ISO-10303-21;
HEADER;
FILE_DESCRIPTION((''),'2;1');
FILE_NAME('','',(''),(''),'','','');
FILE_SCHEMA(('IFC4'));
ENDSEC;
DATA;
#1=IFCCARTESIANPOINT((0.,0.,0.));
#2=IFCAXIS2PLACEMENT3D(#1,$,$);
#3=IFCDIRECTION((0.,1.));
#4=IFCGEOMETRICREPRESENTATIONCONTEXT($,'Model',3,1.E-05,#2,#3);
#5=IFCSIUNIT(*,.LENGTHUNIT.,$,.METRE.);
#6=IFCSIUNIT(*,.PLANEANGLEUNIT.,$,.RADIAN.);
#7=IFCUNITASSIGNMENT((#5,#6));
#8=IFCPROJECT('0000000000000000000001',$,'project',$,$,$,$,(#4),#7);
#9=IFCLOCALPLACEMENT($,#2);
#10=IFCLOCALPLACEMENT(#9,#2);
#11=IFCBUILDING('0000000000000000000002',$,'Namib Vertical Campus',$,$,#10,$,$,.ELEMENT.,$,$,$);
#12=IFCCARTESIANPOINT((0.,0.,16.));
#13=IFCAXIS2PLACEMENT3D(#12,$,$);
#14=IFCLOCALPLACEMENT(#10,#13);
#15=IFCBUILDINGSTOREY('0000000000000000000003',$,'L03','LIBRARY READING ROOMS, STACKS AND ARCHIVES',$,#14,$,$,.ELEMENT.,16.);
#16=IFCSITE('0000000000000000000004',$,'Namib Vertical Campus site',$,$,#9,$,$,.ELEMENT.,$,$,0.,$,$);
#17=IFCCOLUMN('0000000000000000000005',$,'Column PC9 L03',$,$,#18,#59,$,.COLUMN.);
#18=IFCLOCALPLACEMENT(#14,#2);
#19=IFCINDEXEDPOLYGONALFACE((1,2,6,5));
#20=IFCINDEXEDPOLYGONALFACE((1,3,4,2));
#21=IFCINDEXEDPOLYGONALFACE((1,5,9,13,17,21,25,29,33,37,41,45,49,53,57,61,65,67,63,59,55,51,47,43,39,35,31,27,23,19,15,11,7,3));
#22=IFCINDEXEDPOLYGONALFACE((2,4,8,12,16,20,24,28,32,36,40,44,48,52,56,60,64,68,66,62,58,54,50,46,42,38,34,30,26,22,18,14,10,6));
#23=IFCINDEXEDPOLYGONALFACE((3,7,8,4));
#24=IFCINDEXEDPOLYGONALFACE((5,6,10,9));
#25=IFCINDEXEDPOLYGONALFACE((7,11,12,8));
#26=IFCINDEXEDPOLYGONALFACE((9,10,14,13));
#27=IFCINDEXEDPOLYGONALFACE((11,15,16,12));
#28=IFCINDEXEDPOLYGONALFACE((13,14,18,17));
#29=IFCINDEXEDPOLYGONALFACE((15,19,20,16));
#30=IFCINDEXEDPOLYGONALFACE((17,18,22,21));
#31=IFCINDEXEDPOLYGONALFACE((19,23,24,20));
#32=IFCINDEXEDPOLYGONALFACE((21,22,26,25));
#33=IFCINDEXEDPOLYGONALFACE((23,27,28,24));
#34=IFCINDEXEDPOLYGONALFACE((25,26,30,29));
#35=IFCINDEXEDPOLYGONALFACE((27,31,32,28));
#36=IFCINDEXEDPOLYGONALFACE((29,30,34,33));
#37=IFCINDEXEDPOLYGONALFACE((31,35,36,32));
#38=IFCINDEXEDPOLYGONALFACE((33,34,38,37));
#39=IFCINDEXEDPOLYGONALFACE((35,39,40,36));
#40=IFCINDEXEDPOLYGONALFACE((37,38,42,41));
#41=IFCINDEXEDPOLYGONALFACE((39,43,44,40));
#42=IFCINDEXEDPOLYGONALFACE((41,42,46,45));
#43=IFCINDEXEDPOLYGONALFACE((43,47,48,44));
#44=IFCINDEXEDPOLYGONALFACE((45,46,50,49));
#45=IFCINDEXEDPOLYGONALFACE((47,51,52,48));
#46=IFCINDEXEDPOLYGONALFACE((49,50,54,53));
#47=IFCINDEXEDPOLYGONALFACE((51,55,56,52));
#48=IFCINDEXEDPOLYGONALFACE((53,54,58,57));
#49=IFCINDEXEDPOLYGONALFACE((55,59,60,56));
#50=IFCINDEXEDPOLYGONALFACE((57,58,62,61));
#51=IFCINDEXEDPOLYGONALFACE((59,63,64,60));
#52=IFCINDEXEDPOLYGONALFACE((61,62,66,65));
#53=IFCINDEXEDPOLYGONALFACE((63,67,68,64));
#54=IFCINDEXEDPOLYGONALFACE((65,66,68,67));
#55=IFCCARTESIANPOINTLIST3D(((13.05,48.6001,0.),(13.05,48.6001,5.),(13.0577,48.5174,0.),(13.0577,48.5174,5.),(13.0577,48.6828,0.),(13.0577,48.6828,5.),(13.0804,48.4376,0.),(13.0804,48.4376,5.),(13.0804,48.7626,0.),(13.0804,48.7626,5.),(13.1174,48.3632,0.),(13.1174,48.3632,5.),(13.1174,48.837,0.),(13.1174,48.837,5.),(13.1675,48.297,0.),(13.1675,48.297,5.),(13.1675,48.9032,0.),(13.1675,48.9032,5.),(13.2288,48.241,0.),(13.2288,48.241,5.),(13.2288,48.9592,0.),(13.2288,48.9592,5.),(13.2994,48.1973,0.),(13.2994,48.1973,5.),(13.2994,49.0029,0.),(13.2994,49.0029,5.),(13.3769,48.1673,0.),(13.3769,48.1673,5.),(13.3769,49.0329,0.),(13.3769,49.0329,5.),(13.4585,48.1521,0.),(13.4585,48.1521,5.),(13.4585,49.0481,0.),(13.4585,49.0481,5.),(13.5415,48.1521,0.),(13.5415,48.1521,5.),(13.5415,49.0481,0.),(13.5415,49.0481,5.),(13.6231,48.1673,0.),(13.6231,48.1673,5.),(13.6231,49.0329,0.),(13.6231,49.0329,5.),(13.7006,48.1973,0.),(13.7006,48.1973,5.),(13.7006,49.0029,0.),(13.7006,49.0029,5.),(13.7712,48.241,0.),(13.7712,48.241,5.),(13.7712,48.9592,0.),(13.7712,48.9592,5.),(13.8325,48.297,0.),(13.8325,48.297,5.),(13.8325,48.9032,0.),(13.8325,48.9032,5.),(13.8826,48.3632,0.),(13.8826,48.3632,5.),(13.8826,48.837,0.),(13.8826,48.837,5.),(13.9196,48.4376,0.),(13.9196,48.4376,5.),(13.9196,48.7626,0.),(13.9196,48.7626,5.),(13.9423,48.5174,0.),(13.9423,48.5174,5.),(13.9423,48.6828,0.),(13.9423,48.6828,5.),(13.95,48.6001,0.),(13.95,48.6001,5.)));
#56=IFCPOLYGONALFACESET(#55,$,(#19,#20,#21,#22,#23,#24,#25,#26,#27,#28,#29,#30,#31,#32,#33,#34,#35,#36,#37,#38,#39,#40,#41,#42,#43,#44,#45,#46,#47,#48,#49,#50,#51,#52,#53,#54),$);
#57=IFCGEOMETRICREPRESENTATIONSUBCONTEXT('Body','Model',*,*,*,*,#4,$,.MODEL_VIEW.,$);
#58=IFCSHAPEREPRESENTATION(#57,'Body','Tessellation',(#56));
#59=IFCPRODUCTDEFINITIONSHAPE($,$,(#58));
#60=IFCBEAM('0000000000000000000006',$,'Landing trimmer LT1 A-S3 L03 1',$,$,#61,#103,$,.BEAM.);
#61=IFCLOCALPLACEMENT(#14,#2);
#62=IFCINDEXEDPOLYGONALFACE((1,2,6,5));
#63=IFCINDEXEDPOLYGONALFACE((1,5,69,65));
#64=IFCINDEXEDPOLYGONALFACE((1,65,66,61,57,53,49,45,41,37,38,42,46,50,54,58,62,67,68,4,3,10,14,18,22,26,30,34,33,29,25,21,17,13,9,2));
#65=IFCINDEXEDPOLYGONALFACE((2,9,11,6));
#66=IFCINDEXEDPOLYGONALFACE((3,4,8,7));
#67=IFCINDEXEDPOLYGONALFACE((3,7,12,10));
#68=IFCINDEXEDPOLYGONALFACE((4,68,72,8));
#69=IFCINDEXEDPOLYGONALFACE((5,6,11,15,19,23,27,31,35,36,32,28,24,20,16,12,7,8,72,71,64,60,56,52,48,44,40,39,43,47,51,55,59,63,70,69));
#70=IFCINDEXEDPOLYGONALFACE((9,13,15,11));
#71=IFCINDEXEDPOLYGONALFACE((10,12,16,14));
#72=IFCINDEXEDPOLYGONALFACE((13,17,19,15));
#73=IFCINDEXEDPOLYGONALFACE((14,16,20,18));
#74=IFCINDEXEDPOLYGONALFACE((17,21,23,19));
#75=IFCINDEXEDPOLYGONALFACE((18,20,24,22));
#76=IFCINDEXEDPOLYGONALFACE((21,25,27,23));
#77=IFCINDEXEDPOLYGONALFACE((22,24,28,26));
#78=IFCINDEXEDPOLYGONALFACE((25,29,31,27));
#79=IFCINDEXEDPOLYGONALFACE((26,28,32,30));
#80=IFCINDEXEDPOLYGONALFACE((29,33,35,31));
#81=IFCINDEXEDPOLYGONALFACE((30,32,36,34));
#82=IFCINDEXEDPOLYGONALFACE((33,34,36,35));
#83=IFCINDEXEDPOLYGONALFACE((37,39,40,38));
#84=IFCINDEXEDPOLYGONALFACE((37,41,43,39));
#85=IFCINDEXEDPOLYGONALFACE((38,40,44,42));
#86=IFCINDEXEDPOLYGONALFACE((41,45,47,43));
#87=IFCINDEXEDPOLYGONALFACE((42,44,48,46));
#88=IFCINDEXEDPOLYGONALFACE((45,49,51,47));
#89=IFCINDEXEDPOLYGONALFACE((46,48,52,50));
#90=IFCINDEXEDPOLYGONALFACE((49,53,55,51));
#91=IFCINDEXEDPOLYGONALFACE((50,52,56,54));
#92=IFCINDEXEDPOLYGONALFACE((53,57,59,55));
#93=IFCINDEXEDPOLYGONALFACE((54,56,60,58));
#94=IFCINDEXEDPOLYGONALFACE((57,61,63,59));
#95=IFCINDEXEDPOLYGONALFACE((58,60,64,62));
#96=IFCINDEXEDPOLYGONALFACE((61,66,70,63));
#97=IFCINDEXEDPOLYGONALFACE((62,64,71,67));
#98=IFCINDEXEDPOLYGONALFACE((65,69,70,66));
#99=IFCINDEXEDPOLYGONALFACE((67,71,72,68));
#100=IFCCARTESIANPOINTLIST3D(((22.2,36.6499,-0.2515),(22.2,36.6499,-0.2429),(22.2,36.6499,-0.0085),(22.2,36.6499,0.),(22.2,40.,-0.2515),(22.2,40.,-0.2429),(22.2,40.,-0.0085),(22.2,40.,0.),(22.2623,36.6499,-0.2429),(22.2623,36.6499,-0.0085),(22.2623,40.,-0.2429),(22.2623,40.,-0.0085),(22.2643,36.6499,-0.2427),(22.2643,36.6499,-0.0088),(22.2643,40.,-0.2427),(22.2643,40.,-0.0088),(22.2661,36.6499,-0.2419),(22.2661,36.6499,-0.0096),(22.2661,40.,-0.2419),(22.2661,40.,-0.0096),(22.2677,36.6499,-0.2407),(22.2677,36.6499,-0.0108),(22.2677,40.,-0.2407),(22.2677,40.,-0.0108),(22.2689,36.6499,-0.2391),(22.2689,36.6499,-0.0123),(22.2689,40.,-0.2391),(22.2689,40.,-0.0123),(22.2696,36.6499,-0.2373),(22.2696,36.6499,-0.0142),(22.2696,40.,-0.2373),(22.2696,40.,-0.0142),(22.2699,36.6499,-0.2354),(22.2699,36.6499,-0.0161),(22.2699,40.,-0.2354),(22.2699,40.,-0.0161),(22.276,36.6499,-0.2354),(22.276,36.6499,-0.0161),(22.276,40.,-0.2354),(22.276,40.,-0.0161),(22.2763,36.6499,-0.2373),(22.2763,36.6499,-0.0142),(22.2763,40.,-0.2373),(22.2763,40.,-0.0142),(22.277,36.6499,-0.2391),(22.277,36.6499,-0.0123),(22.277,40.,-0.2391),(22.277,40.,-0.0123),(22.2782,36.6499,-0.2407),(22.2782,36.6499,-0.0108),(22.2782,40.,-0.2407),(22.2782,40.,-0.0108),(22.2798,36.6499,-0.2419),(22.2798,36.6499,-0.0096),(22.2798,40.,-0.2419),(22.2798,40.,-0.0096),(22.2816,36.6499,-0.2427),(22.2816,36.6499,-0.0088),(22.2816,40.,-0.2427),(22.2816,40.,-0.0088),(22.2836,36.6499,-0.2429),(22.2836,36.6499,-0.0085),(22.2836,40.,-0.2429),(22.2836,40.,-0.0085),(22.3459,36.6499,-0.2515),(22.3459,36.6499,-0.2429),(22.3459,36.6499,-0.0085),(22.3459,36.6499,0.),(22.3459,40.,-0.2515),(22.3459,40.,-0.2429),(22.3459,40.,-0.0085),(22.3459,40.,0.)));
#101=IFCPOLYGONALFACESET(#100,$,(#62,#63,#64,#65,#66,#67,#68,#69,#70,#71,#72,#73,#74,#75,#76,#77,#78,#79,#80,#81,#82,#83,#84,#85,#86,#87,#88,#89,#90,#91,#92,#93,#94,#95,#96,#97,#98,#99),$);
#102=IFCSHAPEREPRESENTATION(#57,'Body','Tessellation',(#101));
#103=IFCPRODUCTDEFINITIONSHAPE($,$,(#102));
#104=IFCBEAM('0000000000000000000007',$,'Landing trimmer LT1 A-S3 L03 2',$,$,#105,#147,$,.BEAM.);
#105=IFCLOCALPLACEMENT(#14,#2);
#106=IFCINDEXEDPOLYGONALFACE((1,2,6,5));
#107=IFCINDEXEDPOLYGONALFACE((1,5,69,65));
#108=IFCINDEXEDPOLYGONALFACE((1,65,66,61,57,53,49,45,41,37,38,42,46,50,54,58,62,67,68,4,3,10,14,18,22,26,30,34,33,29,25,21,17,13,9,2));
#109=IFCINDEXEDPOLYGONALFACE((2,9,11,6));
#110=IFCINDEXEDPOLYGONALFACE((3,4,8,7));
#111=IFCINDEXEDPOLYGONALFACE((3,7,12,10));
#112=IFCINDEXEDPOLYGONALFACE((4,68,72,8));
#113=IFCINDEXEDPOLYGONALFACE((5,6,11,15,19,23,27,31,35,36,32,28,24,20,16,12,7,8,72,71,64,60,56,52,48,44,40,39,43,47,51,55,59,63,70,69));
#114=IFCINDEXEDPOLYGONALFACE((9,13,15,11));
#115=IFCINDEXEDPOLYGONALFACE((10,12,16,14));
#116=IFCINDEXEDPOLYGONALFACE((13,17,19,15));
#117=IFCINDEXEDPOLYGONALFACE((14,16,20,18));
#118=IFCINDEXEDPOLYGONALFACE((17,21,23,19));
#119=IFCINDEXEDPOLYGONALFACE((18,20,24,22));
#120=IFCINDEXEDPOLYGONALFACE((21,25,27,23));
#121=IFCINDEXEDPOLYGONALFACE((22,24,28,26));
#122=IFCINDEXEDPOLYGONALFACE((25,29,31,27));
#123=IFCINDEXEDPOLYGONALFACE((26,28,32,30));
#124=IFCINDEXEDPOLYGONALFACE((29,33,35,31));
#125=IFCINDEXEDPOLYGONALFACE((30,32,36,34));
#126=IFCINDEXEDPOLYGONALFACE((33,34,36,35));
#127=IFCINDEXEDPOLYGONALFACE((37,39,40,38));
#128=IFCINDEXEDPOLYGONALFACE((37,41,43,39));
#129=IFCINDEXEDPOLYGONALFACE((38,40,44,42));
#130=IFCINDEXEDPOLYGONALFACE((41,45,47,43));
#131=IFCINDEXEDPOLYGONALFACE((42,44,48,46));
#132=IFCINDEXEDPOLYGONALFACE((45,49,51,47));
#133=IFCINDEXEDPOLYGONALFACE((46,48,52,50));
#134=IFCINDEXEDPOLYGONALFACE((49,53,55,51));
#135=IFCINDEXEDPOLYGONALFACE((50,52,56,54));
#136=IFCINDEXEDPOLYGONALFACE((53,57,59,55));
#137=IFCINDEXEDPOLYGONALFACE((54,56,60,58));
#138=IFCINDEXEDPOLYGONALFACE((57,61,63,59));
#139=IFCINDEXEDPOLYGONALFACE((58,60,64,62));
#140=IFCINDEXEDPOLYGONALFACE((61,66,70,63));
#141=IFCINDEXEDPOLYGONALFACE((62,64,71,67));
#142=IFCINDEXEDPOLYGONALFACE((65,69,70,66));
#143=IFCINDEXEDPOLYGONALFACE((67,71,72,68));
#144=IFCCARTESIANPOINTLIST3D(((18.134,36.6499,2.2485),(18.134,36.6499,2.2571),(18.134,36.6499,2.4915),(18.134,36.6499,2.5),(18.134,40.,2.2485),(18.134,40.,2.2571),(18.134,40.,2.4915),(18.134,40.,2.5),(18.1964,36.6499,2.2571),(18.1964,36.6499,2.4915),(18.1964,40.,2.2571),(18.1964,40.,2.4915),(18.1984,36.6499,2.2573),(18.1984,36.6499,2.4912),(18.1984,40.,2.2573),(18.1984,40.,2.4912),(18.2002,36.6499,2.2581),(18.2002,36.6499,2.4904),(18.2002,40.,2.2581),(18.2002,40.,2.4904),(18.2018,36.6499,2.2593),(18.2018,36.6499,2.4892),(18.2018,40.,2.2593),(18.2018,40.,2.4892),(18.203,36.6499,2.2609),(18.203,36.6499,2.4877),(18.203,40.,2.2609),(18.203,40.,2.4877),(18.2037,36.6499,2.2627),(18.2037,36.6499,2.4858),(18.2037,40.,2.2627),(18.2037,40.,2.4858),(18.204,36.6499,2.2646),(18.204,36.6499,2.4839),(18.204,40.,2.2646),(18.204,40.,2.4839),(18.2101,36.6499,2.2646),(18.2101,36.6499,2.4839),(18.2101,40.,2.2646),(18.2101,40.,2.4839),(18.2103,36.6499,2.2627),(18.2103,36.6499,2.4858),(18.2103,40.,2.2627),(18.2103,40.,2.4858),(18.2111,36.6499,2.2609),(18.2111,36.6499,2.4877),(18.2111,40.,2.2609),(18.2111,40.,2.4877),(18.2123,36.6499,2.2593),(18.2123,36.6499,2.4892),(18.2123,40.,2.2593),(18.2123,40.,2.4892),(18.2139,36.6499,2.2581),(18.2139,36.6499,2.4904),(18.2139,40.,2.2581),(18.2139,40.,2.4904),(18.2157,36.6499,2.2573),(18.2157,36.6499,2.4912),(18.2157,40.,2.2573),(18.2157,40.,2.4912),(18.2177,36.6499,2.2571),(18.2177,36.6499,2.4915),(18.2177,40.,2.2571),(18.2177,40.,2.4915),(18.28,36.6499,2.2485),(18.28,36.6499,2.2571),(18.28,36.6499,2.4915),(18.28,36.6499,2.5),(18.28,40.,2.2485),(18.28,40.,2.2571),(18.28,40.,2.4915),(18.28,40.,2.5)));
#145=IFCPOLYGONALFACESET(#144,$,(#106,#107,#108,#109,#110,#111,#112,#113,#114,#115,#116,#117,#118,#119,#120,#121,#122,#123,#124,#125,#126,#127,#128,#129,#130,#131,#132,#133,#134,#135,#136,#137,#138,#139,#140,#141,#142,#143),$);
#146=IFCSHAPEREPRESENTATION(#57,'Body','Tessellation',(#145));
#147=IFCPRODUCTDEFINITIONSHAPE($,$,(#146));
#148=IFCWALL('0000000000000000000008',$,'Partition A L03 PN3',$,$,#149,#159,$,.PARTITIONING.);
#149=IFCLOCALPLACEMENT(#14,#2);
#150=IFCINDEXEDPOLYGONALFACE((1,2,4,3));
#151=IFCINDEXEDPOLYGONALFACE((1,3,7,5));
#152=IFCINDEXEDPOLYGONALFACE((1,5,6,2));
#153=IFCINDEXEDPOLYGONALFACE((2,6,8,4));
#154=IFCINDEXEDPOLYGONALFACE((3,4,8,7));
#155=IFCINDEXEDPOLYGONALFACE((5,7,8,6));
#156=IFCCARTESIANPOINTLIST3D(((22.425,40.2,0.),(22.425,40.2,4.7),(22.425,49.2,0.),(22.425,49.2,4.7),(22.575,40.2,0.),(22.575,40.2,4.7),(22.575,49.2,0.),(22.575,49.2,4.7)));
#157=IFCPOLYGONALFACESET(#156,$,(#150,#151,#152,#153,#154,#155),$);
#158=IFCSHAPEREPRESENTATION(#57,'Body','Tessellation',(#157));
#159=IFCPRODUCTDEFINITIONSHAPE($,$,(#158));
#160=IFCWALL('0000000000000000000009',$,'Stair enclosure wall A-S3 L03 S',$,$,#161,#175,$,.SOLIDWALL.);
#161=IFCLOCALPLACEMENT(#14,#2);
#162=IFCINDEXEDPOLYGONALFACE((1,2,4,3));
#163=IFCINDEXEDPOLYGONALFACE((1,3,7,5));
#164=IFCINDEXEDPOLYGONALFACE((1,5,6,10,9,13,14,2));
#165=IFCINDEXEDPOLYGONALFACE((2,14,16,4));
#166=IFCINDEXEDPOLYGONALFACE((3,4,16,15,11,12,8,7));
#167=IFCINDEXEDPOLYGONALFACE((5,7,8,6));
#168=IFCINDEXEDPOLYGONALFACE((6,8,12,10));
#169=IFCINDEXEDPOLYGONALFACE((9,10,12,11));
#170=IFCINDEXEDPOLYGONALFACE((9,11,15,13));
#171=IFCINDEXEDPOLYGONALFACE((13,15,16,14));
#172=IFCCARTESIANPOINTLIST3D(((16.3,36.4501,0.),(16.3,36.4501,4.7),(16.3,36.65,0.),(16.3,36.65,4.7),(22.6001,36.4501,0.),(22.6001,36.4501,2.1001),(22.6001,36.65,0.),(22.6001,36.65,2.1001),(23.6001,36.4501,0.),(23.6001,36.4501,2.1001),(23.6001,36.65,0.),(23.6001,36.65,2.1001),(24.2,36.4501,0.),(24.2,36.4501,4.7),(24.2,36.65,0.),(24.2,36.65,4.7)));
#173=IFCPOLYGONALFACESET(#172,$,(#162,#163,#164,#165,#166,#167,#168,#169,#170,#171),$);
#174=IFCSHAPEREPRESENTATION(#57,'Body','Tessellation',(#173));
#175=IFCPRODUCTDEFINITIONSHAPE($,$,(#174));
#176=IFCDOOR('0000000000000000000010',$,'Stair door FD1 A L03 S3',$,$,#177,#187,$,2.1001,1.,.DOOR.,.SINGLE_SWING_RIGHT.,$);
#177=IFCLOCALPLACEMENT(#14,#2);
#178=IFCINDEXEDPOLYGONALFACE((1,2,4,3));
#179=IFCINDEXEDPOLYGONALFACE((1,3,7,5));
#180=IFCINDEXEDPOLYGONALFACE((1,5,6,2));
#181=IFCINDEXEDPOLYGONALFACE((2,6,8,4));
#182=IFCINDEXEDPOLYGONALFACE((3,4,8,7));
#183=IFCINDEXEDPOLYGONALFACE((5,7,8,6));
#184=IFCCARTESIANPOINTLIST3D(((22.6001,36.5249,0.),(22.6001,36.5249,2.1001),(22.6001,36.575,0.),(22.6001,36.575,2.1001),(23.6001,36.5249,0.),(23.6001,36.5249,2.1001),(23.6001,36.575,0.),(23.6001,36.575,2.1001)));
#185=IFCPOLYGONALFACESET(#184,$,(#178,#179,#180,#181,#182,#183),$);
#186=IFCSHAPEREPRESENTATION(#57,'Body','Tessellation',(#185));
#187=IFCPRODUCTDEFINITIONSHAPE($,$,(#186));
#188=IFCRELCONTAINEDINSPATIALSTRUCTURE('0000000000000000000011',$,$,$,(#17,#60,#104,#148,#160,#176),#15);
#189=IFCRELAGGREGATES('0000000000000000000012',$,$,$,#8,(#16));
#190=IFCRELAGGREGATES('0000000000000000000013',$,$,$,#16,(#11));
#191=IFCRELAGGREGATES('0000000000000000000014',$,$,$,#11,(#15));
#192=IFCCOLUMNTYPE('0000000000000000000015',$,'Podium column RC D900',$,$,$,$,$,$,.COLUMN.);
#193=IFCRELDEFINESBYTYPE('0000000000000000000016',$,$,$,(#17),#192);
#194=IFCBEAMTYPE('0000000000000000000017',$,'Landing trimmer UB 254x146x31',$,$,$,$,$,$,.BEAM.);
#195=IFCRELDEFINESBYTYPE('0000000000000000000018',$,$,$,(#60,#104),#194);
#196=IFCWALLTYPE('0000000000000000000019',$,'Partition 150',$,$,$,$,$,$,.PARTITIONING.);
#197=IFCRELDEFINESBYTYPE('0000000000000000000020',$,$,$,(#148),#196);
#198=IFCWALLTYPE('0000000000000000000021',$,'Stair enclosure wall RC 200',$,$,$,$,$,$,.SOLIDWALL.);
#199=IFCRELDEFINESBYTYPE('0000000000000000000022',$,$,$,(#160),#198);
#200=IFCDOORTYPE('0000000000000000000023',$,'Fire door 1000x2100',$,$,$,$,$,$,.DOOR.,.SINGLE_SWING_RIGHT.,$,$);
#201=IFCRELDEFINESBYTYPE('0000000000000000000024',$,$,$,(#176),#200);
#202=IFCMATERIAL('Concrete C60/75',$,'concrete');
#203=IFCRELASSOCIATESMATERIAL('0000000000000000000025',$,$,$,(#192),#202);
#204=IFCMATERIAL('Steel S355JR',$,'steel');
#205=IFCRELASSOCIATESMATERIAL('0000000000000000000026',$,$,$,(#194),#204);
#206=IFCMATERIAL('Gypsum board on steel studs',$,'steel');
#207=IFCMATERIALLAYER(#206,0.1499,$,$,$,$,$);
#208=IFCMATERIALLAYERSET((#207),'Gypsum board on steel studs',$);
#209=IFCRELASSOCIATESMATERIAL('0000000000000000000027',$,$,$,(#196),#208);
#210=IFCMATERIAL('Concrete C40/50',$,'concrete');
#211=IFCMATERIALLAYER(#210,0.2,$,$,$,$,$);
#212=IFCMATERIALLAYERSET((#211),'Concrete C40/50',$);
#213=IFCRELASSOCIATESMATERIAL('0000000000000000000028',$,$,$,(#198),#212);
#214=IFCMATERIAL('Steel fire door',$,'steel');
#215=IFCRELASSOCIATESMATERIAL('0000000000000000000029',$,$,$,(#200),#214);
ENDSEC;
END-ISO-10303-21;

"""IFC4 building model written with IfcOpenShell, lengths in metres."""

from ifc_helpers import new_model, si_unit, direction, frame, frame_2d, origin, origin_2d, place, context, subcontext, project, spatial, rectangle, circle, i_section, extrude, material, layer, layer_set, material_profile, profile_set, type_object, element, fill, save


model = new_model("IFC4")

# Units and contexts
model_context = context("Model", 3, precision=1e-05, world=origin(), true_north=direction((0.0, 1.0)))
body_context = subcontext(model_context, "Body", "Model", "MODEL_VIEW")
ifc_project = project(units=[si_unit("LENGTHUNIT", "METRE"), si_unit("PLANEANGLEUNIT", "RADIAN")], contexts=[model_context])

# Site, building, storey
site_placement = place(None, origin())
site = spatial("IfcSite", under=ifc_project, at=site_placement, Name="Namib Vertical Campus site", CompositionType="ELEMENT", RefElevation=0.0)
building_placement = place(site_placement, origin())
building = spatial("IfcBuilding", under=site, at=building_placement, Name="Namib Vertical Campus", CompositionType="ELEMENT")
storey_placement = place(building_placement, frame((0.0, 0.0, 16.0)))
storey = spatial("IfcBuildingStorey", under=building, at=storey_placement, Name="L03", Description="LIBRARY READING ROOMS, STACKS AND ARCHIVES", CompositionType="ELEMENT", Elevation=16.0)

# Column
ifc_material_1 = material(Name="Concrete C60/75", Category="concrete")
ifc_material_profile_1 = material_profile(ifc_material_1, circle(Radius=0.45, at=origin_2d()))
ifc_profile_set_1 = profile_set([ifc_material_profile_1], Name="Concrete C60/75")
column_type = type_object("IfcColumnType", Name="Podium column RC D900", PredefinedType="COLUMN", material=ifc_profile_set_1)
column_placement = place(storey_placement, frame((13.5, 48.6001, 0.0), z_axis=(0.0, 0.0, 1.0), x_axis=(1.0, 0.0, 0.0)))
element("IfcColumn", 1, at=column_placement, inside=storey, type_object=column_type, Name="Column PC9 L03", PredefinedType="COLUMN", context=body_context, shape_type="SweptSolid", body=[
    extrude(circle(Radius=0.45, at=origin_2d()), origin(), (0.0, 0.0, 1.0), 5.0),
])

# Beams
ifc_material_2 = material(Name="Steel S355JR", Category="steel")
ifc_material_profile_2 = material_profile(ifc_material_2, i_section(OverallWidth=0.146, OverallDepth=0.2515, WebThickness=0.0061, FlangeThickness=0.0085, FilletRadius=0.0076, at=origin_2d()))
ifc_profile_set_2 = profile_set([ifc_material_profile_2], Name="Steel S355JR")
beam_type = type_object("IfcBeamType", Name="Landing trimmer UB 254x146x31", PredefinedType="BEAM", material=ifc_profile_set_2)
for number, where, z_axis, x_axis, name in (
    (2, (22.2729, 36.6499, -0.1257), (0.0, 1.0, 0.0), (-1.0, 0.0, 0.0), "Landing trimmer LT1 A-S3 L03 1"),
    (3, (18.207, 36.6499, 2.3743), (0.0, 1.0, 0.0), (-1.0, 0.0, 0.0), "Landing trimmer LT1 A-S3 L03 2"),
):
    element("IfcBeam", number, at=place(storey_placement, frame(where, z_axis=z_axis, x_axis=x_axis)), inside=storey, type_object=beam_type, Name=name, PredefinedType="BEAM", context=body_context, shape_type="SweptSolid", body=[
        extrude(i_section(OverallWidth=0.146, OverallDepth=0.2515, WebThickness=0.0061, FlangeThickness=0.0085, FilletRadius=0.0076, at=origin_2d()), origin(), (0.0, 0.0, 1.0), 3.3501),
    ])

# Wall
ifc_material_3 = material(Name="Gypsum board on steel studs", Category="steel")
ifc_layer_1 = layer(ifc_material_3, 0.1499)
ifc_layer_set_1 = layer_set([ifc_layer_1], Name="Gypsum board on steel studs")
wall_type_1 = type_object("IfcWallType", Name="Partition 150", PredefinedType="PARTITIONING", material=ifc_layer_set_1)
wall_1_placement = place(storey_placement, frame((22.5, 40.2, 0.0), z_axis=(0.0, 0.0, 1.0), x_axis=(0.0, 1.0, 0.0)))
element("IfcWall", 4, at=wall_1_placement, inside=storey, type_object=wall_type_1, Name="Partition A L03 PN3", PredefinedType="PARTITIONING", context=body_context, shape_type="SweptSolid", body=[
    extrude(rectangle(XDim=9.0, YDim=0.1499, at=frame_2d((4.5, 0.0))), origin(), (0.0, 0.0, 1.0), 4.7),
])

# Wall, opening, door
ifc_material_4 = material(Name="Concrete C40/50", Category="concrete")
ifc_layer_2 = layer(ifc_material_4, 0.2)
ifc_layer_set_2 = layer_set([ifc_layer_2], Name="Concrete C40/50")
wall_type_2 = type_object("IfcWallType", Name="Stair enclosure wall RC 200", PredefinedType="SOLIDWALL", material=ifc_layer_set_2)
wall_2_placement = place(storey_placement, frame((16.3, 36.55, 0.0), z_axis=(0.0, 0.0, 1.0), x_axis=(1.0, 0.0, 0.0)))
wall_2 = element("IfcWall", 5, at=wall_2_placement, inside=storey, type_object=wall_type_2, Name="Stair enclosure wall A-S3 L03 S", PredefinedType="SOLIDWALL", context=body_context, shape_type="SweptSolid", body=[
    extrude(rectangle(XDim=7.8999, YDim=0.2, at=frame_2d((3.95, 0.0))), origin(), (0.0, 0.0, 1.0), 4.7),
])
opening_placement = place(wall_2_placement, frame((6.3, 0.0, 0.0)))
opening = element("IfcOpeningElement", 6, at=opening_placement, cuts=wall_2, PredefinedType="OPENING", context=body_context, shape_type="SweptSolid", body=[
    extrude(rectangle(XDim=1.0, YDim=2.1001, at=frame_2d((0.5, 1.05))), frame((0.0, 0.1099, 0.0), z_axis=(0.0, -1.0, 0.0), x_axis=(1.0, 0.0, 0.0)), (0.0, 0.0, 1.0), 0.22),
])
ifc_material_5 = material(Name="Steel fire door", Category="steel")
door_type = type_object("IfcDoorType", Name="Fire door 1000x2100", OperationType="SINGLE_SWING_RIGHT", PredefinedType="DOOR", material=ifc_material_5)
door_placement = place(opening_placement, origin())
door = element("IfcDoor", 7, at=door_placement, inside=storey, type_object=door_type, Name="Stair door FD1 A L03 S3", OperationType="SINGLE_SWING_RIGHT", OverallHeight=2.1001, OverallWidth=1.0, PredefinedType="DOOR", context=body_context, shape_type="SweptSolid", body=[
    extrude(rectangle(XDim=1.0, YDim=2.1001, at=frame_2d((0.5, 1.05))), frame((0.0, 0.0249, 0.0), z_axis=(0.0, -1.0, 0.0), x_axis=(1.0, 0.0, 0.0)), (0.0, 0.0, 1.0), 0.05),
])
fill(opening, door)

save(model, "model.ifc")
